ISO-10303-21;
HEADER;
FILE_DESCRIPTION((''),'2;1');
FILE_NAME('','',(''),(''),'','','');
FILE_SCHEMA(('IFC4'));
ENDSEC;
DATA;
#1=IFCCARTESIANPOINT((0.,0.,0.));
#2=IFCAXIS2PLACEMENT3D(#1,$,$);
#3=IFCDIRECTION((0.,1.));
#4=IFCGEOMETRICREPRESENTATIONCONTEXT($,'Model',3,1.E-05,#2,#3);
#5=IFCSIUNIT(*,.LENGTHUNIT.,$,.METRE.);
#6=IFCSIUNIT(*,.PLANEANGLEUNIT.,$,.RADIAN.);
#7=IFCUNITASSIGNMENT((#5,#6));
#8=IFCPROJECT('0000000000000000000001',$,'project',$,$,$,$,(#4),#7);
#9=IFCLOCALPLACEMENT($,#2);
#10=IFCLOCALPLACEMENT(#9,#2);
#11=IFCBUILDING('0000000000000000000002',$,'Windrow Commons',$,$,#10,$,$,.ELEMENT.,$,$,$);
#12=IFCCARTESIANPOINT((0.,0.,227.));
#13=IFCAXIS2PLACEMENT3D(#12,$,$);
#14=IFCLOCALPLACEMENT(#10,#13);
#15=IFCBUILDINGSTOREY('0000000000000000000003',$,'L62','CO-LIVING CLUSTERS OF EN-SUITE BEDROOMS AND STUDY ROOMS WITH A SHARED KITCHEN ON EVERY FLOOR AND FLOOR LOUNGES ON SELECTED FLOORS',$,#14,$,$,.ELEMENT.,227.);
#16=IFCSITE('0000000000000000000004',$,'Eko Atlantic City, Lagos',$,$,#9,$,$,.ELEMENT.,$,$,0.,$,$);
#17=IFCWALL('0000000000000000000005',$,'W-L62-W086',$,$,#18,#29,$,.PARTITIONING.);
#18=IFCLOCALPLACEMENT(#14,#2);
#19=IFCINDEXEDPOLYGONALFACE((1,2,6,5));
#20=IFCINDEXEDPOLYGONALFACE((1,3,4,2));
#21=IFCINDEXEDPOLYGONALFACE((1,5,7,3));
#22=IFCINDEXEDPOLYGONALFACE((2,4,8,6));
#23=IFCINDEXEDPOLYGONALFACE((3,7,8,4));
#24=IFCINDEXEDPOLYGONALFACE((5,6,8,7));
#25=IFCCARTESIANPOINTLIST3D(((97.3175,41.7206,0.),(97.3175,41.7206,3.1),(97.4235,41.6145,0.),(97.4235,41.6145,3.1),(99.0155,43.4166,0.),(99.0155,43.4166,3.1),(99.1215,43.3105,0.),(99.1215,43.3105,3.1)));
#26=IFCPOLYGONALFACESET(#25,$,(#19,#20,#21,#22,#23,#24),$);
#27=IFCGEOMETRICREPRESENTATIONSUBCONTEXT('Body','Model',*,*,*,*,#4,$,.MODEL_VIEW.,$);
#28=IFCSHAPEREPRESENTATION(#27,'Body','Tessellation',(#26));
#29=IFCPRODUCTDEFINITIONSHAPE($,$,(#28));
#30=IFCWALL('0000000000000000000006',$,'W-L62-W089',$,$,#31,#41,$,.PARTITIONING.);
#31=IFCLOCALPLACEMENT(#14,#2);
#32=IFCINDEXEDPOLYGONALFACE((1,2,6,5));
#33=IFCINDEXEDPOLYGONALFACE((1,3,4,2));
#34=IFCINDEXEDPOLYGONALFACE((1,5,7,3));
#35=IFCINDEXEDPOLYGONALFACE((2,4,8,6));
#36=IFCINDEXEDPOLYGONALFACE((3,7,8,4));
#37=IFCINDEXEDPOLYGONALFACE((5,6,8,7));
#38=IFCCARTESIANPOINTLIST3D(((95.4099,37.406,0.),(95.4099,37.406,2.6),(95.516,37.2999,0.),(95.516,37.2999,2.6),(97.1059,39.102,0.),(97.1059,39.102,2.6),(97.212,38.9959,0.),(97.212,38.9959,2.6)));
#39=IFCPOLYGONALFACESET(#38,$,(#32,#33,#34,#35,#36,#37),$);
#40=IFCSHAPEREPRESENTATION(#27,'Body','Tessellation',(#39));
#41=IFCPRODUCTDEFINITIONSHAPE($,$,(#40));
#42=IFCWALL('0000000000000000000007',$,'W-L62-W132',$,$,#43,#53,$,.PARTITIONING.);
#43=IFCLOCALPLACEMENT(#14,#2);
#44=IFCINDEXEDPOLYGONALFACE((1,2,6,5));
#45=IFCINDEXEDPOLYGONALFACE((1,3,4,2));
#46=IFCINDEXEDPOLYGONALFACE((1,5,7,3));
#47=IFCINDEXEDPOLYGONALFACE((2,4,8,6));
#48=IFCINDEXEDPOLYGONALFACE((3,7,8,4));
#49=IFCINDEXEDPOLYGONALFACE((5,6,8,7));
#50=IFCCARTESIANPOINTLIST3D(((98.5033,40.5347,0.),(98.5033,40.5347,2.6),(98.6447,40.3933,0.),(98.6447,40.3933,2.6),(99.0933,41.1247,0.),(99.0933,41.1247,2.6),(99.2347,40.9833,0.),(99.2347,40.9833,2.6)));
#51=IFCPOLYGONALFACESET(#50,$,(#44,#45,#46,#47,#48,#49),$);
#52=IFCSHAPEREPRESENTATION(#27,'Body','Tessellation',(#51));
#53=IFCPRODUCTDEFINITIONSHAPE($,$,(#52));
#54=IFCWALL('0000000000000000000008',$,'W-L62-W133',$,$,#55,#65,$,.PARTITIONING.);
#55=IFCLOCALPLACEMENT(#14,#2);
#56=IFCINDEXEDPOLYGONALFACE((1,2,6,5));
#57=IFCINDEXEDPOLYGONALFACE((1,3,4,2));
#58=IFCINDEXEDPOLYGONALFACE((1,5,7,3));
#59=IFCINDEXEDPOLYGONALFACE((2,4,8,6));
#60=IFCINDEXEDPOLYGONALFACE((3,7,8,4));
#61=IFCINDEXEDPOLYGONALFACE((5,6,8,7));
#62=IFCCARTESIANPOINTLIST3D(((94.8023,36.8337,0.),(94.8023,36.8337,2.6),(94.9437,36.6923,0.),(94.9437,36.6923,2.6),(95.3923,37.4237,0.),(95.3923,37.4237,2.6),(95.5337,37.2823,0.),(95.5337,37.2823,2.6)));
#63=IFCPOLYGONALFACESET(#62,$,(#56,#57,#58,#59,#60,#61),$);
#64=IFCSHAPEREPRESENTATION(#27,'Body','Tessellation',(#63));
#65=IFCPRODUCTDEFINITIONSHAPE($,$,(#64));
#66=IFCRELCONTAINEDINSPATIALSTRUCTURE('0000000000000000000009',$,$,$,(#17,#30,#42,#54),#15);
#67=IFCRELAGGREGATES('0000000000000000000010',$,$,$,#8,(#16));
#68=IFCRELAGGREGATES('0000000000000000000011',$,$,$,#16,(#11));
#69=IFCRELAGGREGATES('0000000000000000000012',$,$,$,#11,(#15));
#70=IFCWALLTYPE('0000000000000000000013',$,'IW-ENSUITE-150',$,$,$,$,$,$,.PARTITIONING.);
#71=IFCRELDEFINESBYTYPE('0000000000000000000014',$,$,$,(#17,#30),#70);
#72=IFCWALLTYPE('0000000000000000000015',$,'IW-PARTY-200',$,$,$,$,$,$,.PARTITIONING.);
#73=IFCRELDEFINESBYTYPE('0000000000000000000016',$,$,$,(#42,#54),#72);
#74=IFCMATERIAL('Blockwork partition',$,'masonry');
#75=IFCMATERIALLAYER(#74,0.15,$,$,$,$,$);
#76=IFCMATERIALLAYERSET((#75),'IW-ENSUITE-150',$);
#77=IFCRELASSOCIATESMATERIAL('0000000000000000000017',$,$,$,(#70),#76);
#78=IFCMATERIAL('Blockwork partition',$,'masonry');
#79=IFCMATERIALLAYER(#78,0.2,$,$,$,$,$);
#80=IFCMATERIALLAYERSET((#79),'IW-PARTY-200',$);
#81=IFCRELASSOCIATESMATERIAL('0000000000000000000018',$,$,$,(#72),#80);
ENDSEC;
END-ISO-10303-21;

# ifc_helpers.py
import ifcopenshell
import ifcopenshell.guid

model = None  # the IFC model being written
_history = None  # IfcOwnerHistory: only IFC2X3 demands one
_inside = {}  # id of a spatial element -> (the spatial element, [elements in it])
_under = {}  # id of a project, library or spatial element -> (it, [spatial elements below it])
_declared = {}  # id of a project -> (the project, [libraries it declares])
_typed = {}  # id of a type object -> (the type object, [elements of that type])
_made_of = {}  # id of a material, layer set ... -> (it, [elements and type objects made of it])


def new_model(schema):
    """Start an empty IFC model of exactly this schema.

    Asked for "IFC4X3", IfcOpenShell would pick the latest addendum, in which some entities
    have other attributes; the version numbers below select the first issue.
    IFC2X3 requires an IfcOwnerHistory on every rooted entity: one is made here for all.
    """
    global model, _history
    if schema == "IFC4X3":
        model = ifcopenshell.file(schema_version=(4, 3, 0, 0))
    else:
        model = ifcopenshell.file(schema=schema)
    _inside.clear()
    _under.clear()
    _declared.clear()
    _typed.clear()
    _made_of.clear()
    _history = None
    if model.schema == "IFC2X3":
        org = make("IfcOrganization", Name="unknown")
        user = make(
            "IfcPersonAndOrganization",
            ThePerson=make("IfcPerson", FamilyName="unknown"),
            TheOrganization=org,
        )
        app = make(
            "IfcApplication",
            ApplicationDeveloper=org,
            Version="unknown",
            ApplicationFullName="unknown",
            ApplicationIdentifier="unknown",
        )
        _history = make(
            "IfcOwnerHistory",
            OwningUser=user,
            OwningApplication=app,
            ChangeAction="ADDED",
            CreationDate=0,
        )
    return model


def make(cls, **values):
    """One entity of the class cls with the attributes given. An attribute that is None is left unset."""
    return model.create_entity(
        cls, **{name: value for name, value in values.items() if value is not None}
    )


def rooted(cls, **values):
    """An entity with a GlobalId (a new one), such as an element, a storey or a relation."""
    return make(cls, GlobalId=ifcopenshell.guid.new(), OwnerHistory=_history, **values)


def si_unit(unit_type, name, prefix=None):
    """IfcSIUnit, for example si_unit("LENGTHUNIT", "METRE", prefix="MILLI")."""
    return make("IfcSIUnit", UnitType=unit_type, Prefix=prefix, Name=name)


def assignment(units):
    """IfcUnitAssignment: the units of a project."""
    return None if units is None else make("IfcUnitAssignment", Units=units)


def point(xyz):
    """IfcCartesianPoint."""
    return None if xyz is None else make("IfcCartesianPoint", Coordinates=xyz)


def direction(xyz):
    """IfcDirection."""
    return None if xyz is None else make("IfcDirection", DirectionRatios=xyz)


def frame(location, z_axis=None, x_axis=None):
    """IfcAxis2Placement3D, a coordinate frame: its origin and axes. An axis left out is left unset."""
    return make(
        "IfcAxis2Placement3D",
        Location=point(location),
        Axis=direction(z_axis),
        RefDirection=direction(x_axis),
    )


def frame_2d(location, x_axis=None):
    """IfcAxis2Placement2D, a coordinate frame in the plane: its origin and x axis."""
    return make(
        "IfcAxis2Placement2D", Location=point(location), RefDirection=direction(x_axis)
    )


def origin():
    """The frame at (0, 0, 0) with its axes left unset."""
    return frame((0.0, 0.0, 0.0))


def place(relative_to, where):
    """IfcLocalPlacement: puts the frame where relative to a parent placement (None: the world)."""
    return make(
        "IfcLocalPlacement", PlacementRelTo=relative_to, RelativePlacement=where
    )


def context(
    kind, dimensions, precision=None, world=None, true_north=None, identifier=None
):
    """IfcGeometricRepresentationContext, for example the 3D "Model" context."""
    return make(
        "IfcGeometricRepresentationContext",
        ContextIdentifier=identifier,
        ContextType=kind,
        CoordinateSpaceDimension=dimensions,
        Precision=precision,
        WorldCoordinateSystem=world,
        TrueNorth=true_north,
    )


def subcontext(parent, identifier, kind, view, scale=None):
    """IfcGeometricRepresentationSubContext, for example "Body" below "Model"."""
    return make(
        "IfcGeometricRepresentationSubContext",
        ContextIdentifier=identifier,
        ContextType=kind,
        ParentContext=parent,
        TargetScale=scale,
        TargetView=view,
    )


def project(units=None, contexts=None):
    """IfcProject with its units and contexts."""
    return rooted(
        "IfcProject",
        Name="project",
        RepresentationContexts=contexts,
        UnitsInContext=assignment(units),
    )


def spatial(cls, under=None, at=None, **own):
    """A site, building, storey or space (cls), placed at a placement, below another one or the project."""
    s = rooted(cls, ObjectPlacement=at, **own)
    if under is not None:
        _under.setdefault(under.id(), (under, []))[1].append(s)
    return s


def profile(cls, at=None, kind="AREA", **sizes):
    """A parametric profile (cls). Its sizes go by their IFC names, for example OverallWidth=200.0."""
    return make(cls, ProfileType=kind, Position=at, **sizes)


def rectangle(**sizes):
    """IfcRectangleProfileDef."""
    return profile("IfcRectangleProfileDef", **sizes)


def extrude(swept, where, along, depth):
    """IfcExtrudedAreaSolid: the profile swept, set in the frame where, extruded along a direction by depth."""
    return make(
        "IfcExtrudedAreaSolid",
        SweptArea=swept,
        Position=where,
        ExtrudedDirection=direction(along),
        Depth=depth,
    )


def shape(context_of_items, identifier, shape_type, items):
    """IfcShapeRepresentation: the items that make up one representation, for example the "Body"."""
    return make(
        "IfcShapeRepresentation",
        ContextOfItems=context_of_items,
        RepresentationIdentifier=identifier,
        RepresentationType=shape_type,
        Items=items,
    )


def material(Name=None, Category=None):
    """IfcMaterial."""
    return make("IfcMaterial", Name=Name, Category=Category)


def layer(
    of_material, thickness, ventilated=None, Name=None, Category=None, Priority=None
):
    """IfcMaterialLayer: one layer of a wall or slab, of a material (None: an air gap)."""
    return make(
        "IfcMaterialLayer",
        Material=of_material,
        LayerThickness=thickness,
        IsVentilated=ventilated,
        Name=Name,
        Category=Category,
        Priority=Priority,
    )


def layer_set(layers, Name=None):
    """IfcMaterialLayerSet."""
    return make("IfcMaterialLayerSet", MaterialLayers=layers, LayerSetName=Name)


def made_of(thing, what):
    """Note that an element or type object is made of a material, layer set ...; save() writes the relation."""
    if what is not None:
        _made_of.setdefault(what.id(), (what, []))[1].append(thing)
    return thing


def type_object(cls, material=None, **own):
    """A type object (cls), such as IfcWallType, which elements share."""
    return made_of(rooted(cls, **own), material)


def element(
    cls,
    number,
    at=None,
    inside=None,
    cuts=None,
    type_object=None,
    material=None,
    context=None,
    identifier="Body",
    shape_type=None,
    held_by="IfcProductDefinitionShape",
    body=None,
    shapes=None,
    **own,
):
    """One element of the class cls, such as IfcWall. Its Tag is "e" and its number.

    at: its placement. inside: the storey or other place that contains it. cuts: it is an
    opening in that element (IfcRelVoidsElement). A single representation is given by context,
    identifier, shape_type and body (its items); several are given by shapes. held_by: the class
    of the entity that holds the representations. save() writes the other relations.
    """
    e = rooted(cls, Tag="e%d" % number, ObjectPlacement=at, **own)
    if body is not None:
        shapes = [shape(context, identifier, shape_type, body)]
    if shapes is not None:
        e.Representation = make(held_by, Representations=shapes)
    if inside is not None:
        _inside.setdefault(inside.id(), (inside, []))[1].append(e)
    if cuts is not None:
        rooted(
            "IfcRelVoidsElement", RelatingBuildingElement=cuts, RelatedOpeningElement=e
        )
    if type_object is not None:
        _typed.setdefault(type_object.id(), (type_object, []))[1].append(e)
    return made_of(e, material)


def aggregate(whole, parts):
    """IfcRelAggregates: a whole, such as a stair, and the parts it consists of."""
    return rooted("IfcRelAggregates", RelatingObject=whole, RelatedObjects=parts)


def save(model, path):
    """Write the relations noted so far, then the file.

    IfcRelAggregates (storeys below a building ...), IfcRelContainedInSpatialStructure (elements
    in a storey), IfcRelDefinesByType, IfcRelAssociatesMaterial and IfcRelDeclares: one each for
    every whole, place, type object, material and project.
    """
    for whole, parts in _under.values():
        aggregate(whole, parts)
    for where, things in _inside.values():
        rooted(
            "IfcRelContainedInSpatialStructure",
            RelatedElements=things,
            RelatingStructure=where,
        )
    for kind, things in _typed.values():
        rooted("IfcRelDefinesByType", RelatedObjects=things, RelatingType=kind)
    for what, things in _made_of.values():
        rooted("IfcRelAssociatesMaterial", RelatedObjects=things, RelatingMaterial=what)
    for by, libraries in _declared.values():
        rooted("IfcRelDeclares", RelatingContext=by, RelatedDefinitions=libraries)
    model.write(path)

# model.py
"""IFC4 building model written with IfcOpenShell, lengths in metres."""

from ifc_helpers import new_model, si_unit, direction, frame, frame_2d, origin, place, context, subcontext, project, spatial, rectangle, extrude, material, layer, layer_set, type_object, element, save


model = new_model("IFC4")

# Units and contexts
model_context = context("Model", 3, precision=1e-05, world=origin(), true_north=direction((0.0, 1.0)))
body_context = subcontext(model_context, "Body", "Model", "MODEL_VIEW")
ifc_project = project(units=[si_unit("LENGTHUNIT", "METRE"), si_unit("PLANEANGLEUNIT", "RADIAN")], contexts=[model_context])

# Site, building, storey
site_placement = place(None, origin())
site = spatial("IfcSite", under=ifc_project, at=site_placement, Name="Eko Atlantic City, Lagos", CompositionType="ELEMENT", RefElevation=0.0)
building_placement = place(site_placement, origin())
building = spatial("IfcBuilding", under=site, at=building_placement, Name="Windrow Commons", CompositionType="ELEMENT")
storey_placement = place(building_placement, frame((0.0, 0.0, 227.0)))
storey = spatial("IfcBuildingStorey", under=building, at=storey_placement, Name="L62", Description="CO-LIVING CLUSTERS OF EN-SUITE BEDROOMS AND STUDY ROOMS WITH A SHARED KITCHEN ON EVERY FLOOR AND FLOOR LOUNGES ON SELECTED FLOORS", CompositionType="ELEMENT", Elevation=227.0)

# Walls
ifc_material_1 = material(Name="Blockwork partition", Category="masonry")
ifc_layer_1 = layer(ifc_material_1, 0.15)
ifc_layer_set_1 = layer_set([ifc_layer_1], Name="IW-ENSUITE-150")
wall_type_1 = type_object("IfcWallType", Name="IW-ENSUITE-150", PredefinedType="PARTITIONING", material=ifc_layer_set_1)
wall_1_placement = place(storey_placement, frame((97.3705, 41.6675, 0.0), z_axis=(0.0, 0.0, 1.0), x_axis=(0.707523, 0.70669, 0.0)))
element("IfcWall", 1, at=wall_1_placement, inside=storey, type_object=wall_type_1, Name="W-L62-W086", PredefinedType="PARTITIONING", context=body_context, shape_type="SweptSolid", body=[
    extrude(rectangle(XDim=2.3999, YDim=0.15, at=frame_2d((1.2, 0.0))), origin(), (0.0, 0.0, 1.0), 3.1),
])
wall_2_placement = place(storey_placement, frame((95.463, 37.353, 0.0), z_axis=(0.0, 0.0, 1.0), x_axis=(0.707107, 0.707107, 0.0)))
element("IfcWall", 2, at=wall_2_placement, inside=storey, type_object=wall_type_1, Name="W-L62-W089", PredefinedType="PARTITIONING", context=body_context, shape_type="SweptSolid", body=[
    extrude(rectangle(XDim=2.3985, YDim=0.15, at=frame_2d((1.1992, 0.0))), origin(), (0.0, 0.0, 1.0), 2.6),
])
ifc_material_2 = material(Name="Blockwork partition", Category="masonry")
ifc_layer_2 = layer(ifc_material_2, 0.2)
ifc_layer_set_2 = layer_set([ifc_layer_2], Name="IW-PARTY-200")
wall_type_2 = type_object("IfcWallType", Name="IW-PARTY-200", PredefinedType="PARTITIONING", material=ifc_layer_set_2)
for number, where, z_axis, x_axis, name in (
    (3, (98.574, 40.464, 0.0), (0.0, 0.0, 1.0), (0.707107, 0.707107, 0.0), "W-L62-W132"),
    (4, (94.873, 36.763, 0.0), (0.0, 0.0, 1.0), (0.707107, 0.707107, 0.0), "W-L62-W133"),
):
    element("IfcWall", number, at=place(storey_placement, frame(where, z_axis=z_axis, x_axis=x_axis)), inside=storey, type_object=wall_type_2, Name=name, PredefinedType="PARTITIONING", context=body_context, shape_type="SweptSolid", body=[
        extrude(rectangle(XDim=0.8344, YDim=0.2, at=frame_2d((0.4172, 0.0))), origin(), (0.0, 0.0, 1.0), 2.6),
    ])

save(model, "model.ifc")
